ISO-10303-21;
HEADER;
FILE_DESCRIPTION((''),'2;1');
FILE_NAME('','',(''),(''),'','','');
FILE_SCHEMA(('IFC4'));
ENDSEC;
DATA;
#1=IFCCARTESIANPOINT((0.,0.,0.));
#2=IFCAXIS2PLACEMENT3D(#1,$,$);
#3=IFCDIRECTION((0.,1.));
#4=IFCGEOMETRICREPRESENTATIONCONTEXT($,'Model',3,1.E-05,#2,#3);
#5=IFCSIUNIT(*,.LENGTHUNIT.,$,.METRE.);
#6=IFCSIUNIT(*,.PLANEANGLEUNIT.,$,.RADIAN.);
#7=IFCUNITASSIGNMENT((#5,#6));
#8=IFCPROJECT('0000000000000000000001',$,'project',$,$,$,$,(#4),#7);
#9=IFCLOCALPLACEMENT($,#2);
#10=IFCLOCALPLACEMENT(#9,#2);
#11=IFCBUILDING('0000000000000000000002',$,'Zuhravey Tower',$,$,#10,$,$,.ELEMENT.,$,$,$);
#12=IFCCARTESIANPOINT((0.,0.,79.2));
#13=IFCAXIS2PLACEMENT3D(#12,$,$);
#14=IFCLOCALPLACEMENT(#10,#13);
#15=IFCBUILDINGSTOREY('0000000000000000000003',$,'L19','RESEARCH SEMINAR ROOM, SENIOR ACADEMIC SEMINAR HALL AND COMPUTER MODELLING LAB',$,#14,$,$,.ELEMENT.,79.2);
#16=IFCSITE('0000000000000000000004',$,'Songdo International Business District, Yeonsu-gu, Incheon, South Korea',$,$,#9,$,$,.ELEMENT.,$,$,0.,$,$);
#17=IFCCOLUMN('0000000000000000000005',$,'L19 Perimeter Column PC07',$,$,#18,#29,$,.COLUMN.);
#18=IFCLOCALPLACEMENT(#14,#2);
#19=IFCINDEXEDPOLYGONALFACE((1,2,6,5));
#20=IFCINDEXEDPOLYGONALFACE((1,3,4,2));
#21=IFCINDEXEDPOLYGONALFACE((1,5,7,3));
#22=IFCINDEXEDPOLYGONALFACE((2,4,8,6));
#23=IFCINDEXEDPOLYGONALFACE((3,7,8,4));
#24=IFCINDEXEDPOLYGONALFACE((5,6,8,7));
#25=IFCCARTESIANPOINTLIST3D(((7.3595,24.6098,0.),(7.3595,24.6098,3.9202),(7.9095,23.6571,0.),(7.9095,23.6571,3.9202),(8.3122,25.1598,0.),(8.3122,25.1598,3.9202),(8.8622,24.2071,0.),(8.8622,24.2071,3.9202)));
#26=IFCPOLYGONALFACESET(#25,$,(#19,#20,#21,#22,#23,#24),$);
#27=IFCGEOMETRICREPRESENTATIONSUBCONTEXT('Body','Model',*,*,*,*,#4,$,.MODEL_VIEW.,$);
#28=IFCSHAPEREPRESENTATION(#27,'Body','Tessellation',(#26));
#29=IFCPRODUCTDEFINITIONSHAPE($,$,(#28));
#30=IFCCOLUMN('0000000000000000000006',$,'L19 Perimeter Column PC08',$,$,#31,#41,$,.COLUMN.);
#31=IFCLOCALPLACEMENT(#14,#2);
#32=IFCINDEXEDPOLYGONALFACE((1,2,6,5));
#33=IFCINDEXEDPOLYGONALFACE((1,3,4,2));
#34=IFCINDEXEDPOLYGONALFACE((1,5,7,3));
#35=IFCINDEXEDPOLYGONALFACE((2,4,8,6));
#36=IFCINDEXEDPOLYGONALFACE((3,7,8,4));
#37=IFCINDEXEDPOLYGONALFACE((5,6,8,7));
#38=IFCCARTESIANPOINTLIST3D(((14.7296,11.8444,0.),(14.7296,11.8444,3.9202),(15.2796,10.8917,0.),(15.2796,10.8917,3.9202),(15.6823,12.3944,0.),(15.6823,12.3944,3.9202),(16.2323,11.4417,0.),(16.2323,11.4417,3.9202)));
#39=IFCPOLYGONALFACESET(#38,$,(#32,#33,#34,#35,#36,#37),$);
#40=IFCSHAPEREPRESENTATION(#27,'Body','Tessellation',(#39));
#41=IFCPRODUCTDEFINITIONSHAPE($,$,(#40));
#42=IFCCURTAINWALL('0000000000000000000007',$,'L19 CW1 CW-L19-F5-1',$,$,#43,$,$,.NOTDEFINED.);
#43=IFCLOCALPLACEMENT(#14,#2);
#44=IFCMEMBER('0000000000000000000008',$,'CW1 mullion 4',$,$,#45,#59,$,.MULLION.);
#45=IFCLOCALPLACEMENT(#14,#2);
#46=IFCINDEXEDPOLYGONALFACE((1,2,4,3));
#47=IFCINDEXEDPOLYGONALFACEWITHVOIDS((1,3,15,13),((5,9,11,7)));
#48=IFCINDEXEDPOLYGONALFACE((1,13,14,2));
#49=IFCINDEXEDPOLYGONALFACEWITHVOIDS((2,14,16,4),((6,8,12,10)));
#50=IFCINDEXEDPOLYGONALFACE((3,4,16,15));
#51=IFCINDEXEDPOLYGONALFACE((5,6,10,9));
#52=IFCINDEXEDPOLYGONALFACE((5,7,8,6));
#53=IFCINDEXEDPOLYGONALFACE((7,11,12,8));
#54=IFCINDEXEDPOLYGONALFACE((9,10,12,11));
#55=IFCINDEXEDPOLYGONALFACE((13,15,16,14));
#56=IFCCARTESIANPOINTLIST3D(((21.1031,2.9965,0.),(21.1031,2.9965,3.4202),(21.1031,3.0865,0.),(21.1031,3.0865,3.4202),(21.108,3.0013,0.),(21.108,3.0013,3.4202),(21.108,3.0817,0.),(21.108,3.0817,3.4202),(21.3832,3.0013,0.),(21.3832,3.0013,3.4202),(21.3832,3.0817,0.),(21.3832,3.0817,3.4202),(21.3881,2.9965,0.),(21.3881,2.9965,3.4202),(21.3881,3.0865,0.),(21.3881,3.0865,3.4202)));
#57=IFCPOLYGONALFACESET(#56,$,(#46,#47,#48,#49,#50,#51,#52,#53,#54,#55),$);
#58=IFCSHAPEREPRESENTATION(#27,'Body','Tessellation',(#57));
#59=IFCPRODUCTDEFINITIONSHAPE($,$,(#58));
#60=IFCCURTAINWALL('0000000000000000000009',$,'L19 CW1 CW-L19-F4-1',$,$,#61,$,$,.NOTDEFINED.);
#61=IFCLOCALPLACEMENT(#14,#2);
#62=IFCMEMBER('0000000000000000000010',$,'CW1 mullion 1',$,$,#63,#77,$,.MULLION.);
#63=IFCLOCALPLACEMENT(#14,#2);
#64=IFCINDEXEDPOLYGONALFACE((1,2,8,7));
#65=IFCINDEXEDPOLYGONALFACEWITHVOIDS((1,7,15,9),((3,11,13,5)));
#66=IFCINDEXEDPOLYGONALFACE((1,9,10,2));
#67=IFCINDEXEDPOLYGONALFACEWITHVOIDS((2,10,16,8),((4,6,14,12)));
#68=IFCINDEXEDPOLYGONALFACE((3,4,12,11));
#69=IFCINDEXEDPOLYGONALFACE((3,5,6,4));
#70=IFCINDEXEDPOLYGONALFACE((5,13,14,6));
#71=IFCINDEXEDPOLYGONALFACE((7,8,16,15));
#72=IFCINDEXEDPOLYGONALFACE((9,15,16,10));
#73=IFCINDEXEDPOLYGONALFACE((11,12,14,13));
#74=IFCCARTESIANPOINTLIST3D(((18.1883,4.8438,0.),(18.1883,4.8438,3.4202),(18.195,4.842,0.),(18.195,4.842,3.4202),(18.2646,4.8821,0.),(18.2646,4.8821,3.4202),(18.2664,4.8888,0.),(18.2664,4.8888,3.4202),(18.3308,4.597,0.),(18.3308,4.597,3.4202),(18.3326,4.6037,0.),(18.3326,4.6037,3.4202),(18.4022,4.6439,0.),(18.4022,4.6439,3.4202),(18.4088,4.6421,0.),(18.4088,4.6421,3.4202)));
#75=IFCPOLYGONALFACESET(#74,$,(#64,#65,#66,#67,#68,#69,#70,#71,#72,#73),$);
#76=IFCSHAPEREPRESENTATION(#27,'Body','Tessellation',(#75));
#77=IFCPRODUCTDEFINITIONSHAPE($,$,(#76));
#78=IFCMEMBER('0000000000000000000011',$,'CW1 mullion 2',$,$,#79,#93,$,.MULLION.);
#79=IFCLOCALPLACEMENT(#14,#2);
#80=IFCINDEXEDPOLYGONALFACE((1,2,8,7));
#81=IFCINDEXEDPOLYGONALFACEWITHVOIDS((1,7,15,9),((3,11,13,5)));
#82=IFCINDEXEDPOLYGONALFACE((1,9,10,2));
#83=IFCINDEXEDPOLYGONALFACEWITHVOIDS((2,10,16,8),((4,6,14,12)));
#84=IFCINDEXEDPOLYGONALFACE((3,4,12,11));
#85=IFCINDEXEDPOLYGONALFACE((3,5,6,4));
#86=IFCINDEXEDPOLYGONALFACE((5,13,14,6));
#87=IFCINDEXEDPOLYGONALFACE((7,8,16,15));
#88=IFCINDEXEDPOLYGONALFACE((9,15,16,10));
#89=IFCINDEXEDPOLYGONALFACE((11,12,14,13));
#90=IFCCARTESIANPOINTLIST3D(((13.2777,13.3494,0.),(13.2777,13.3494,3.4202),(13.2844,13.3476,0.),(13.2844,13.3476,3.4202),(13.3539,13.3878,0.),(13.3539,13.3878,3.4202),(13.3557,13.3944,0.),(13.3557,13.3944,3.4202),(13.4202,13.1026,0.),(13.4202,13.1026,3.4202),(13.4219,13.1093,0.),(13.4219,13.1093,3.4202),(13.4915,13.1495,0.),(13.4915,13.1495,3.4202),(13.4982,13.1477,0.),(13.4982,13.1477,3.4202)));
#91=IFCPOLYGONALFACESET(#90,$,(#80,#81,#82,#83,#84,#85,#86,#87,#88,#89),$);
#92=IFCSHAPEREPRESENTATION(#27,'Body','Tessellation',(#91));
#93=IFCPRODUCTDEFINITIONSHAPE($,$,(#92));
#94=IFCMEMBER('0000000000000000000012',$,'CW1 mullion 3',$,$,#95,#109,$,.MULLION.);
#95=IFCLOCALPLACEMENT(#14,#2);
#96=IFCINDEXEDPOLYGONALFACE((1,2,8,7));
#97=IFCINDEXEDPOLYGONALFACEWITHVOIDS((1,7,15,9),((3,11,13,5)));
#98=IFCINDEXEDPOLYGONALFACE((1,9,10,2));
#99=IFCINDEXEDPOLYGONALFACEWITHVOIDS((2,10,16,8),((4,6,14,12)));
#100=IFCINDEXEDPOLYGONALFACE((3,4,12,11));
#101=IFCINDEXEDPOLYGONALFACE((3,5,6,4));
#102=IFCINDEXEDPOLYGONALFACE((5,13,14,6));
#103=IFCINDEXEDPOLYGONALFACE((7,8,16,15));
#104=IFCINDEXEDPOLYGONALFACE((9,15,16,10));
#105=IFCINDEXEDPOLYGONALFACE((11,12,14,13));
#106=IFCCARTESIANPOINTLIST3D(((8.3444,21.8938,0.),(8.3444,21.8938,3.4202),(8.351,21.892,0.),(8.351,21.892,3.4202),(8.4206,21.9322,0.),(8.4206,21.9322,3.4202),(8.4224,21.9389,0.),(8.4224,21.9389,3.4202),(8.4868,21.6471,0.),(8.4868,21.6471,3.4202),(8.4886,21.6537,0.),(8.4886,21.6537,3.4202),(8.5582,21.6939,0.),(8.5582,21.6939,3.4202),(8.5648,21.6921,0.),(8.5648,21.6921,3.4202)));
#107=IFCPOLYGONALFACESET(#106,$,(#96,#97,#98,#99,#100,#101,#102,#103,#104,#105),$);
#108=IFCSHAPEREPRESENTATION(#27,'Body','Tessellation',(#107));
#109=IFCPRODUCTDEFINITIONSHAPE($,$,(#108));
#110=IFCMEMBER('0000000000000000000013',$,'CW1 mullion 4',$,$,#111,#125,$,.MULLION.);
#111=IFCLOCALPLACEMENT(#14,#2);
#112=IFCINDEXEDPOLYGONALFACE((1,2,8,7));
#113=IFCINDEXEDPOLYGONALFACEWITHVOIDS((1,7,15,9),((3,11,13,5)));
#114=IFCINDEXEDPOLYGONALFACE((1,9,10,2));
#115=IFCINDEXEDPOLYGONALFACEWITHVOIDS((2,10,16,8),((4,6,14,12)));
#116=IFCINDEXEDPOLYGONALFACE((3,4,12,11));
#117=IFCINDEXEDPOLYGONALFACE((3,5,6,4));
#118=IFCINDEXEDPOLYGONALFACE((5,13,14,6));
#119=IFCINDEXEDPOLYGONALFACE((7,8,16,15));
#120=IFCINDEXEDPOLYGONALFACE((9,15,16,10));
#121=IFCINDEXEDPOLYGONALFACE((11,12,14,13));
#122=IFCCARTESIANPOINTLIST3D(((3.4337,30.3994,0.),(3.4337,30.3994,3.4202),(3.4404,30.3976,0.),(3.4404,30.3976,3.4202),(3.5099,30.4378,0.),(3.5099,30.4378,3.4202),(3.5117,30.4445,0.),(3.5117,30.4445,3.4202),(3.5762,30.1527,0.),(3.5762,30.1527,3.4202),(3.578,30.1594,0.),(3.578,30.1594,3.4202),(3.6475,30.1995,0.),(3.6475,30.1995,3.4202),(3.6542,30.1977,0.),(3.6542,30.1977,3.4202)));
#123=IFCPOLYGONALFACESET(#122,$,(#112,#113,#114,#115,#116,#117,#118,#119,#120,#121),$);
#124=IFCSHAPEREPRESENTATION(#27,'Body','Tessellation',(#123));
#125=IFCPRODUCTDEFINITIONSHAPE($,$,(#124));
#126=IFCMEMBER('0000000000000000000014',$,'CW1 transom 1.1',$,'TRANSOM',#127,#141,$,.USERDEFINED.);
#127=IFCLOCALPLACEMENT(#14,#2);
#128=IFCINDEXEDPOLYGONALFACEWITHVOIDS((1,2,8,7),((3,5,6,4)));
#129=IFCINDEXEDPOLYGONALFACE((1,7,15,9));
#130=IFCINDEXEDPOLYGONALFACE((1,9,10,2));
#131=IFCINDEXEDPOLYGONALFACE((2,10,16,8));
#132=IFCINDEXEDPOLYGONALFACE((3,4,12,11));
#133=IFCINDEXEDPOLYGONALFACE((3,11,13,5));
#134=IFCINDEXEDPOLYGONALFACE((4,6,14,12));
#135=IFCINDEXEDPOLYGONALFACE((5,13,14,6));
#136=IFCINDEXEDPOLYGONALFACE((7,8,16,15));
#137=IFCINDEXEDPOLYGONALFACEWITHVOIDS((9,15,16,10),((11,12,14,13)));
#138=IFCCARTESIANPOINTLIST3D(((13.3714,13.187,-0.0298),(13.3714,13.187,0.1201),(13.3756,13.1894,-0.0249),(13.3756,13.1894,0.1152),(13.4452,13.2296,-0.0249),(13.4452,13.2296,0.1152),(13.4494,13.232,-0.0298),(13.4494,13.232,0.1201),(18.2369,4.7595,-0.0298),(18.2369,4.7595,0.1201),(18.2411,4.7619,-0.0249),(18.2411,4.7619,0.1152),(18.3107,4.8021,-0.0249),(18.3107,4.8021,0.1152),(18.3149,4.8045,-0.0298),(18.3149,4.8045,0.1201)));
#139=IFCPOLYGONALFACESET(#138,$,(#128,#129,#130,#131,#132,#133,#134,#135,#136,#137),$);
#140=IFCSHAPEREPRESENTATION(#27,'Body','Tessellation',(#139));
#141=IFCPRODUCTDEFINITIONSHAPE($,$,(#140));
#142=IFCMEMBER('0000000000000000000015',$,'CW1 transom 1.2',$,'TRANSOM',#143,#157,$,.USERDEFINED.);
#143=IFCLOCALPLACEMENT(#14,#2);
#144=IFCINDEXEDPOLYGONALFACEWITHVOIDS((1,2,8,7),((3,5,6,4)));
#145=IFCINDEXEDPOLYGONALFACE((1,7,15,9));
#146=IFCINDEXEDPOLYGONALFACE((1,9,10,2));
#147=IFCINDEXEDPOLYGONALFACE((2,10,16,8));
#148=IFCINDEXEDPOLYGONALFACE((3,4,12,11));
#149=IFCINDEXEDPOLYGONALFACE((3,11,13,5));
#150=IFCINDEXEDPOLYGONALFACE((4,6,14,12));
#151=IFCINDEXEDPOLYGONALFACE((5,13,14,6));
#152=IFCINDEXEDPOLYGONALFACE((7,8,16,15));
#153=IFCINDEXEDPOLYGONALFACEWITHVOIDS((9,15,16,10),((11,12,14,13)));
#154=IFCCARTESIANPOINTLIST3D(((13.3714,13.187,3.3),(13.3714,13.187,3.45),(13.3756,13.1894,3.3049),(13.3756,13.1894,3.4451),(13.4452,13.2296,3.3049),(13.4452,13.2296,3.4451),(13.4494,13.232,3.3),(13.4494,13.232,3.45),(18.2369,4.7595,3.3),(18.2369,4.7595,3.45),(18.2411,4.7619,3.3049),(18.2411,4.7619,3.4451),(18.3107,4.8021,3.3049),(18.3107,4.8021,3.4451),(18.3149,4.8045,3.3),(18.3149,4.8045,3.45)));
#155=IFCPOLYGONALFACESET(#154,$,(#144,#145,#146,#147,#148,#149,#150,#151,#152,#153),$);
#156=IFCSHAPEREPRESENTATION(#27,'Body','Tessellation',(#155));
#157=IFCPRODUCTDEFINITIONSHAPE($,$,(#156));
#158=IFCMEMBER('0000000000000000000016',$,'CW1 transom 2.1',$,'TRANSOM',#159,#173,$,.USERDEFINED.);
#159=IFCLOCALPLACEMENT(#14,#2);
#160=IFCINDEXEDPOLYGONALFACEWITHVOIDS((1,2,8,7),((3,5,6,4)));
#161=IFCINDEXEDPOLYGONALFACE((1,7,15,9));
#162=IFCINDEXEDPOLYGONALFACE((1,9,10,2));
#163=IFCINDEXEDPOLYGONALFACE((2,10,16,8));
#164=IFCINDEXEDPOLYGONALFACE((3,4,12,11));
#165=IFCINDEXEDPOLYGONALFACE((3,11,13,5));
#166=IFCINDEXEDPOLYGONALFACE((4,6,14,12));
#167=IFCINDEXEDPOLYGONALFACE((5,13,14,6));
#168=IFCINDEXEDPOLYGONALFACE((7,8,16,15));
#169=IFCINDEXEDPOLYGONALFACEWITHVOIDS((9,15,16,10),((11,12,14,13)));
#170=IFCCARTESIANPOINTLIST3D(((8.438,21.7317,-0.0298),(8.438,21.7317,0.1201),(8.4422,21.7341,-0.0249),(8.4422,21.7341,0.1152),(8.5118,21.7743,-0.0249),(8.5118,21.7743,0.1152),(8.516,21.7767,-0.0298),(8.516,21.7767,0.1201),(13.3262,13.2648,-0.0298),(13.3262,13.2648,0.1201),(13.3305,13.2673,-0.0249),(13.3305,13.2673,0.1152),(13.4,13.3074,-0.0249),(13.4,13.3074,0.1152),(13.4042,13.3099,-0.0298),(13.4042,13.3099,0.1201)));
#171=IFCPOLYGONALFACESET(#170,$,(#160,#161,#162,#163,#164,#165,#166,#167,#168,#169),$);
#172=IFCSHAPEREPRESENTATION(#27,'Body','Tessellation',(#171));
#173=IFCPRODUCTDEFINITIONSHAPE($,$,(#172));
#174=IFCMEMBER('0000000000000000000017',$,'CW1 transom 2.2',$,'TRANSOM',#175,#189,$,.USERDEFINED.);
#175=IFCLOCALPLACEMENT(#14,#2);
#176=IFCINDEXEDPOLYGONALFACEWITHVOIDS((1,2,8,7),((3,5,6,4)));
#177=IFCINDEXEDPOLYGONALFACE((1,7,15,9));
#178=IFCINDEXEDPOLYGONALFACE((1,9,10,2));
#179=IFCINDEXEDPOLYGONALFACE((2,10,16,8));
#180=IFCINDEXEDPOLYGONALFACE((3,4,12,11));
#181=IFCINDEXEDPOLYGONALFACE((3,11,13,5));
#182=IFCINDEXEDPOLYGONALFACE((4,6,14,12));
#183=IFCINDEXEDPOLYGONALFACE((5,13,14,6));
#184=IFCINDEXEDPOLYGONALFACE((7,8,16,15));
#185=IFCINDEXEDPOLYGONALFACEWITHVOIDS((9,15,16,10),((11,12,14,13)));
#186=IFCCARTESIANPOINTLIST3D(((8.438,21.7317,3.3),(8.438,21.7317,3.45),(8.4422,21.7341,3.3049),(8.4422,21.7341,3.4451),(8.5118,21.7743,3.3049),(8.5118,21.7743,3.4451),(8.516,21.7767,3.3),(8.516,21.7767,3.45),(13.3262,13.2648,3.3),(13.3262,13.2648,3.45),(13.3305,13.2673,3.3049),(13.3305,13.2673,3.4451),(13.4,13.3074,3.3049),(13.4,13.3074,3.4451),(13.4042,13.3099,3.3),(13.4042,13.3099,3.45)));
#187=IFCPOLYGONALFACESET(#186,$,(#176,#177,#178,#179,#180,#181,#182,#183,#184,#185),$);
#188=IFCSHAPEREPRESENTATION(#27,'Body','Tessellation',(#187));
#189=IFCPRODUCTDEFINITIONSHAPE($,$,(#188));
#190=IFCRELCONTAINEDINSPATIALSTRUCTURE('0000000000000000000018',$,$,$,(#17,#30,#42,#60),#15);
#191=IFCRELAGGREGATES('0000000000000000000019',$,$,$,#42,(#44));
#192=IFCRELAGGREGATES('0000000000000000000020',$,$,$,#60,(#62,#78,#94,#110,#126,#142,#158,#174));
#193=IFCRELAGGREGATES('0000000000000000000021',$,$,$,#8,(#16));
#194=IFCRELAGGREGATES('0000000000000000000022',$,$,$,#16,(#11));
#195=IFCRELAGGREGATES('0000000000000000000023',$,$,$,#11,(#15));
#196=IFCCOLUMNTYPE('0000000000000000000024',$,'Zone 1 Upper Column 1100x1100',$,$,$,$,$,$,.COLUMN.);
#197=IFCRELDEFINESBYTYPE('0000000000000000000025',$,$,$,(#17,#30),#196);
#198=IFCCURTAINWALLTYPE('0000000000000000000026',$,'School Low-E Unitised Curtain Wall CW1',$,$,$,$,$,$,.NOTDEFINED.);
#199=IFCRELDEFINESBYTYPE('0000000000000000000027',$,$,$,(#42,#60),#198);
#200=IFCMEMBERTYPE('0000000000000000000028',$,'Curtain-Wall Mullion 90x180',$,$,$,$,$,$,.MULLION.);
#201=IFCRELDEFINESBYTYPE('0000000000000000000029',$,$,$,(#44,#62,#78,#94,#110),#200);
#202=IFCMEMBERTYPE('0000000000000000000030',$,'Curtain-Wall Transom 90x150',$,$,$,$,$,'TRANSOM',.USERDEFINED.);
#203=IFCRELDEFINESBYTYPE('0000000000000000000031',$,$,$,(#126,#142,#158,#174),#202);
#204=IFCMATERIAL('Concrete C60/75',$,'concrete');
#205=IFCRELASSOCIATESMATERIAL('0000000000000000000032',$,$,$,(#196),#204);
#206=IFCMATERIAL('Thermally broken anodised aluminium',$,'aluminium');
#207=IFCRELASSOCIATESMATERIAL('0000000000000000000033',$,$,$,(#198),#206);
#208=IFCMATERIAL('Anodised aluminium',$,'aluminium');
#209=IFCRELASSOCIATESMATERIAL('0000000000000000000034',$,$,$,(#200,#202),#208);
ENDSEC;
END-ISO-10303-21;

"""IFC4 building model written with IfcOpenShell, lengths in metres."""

from ifc_helpers import new_model, si_unit, direction, frame, origin, origin_2d, place, context, subcontext, project, spatial, rectangle, hollow_rectangle, extrude, material, material_profile, profile_set, type_object, element, aggregate, save


model = new_model("IFC4")

# Units and contexts
model_context = context("Model", 3, precision=1e-05, world=origin(), true_north=direction((0.0, 1.0)))
body_context = subcontext(model_context, "Body", "Model", "MODEL_VIEW")
ifc_project = project(units=[si_unit("LENGTHUNIT", "METRE"), si_unit("PLANEANGLEUNIT", "RADIAN")], contexts=[model_context])

# Site, building, storey
site_placement = place(None, origin())
site = spatial("IfcSite", under=ifc_project, at=site_placement, Name="Songdo International Business District, Yeonsu-gu, Incheon, South Korea", CompositionType="ELEMENT", RefElevation=0.0)
building_placement = place(site_placement, origin())
building = spatial("IfcBuilding", under=site, at=building_placement, Name="Zuhravey Tower", CompositionType="ELEMENT")
storey_placement = place(building_placement, frame((0.0, 0.0, 79.2)))
storey = spatial("IfcBuildingStorey", under=building, at=storey_placement, Name="L19", Description="RESEARCH SEMINAR ROOM, SENIOR ACADEMIC SEMINAR HALL AND COMPUTER MODELLING LAB", CompositionType="ELEMENT", Elevation=79.2)

# Columns
ifc_material_1 = material(Name="Concrete C60/75", Category="concrete")
ifc_material_profile_1 = material_profile(ifc_material_1, rectangle(XDim=1.1001, YDim=1.1001, at=origin_2d()), Name="RC-1100x1100")
ifc_profile_set_1 = profile_set([ifc_material_profile_1], Name="Concrete C60/75")
column_type = type_object("IfcColumnType", Name="Zone 1 Upper Column 1100x1100", PredefinedType="COLUMN", material=ifc_profile_set_1)
for number, where, z_axis, x_axis, name in (
    (1, (8.1108, 24.4084, 0.0), (0.0, 0.0, 1.0), (0.5, -0.866025, 0.0), "L19 Perimeter Column PC07"),
    (2, (15.481, 11.6431, 0.0), (0.0, 0.0, 1.0), (0.5, -0.866025, 0.0), "L19 Perimeter Column PC08"),
):
    element("IfcColumn", number, at=place(storey_placement, frame(where, z_axis=z_axis, x_axis=x_axis)), inside=storey, type_object=column_type, Name=name, PredefinedType="COLUMN", context=body_context, shape_type="SweptSolid", body=[
        extrude(rectangle(XDim=1.1001, YDim=1.1001, at=origin_2d()), origin(), (0.0, 0.0, 1.0), 3.9202),
    ])

# Curtain wall, member
ifc_material_2 = material(Name="Thermally broken anodised aluminium", Category="aluminium")
curtain_wall_type = type_object("IfcCurtainWallType", Name="School Low-E Unitised Curtain Wall CW1", PredefinedType="NOTDEFINED", material=ifc_material_2)
curtain_wall_1_placement = place(storey_placement, origin())
curtain_wall_1 = element("IfcCurtainWall", 3, at=curtain_wall_1_placement, inside=storey, type_object=curtain_wall_type, Name="L19 CW1 CW-L19-F5-1", PredefinedType="NOTDEFINED")
ifc_material_3 = material(Name="Anodised aluminium", Category="aluminium")
ifc_material_profile_2 = material_profile(ifc_material_3, hollow_rectangle(XDim=0.0901, YDim=0.2849, WallThickness=0.0049, at=origin_2d()), Name="ALU-RHS-90x285x5")
ifc_profile_set_2 = profile_set([ifc_material_profile_2], Name="Anodised aluminium")
member_type_1 = type_object("IfcMemberType", Name="Curtain-Wall Mullion 90x180", PredefinedType="MULLION", material=ifc_profile_set_2)
member_1_placement = place(storey_placement, frame((21.2456, 3.0415, 0.0), z_axis=(0.0, 0.0, 1.0), x_axis=(0.0, -1.0, 0.0)))
member_1 = element("IfcMember", 4, at=member_1_placement, type_object=member_type_1, Name="CW1 mullion 4", PredefinedType="MULLION", context=body_context, shape_type="SweptSolid", body=[
    extrude(hollow_rectangle(XDim=0.0901, YDim=0.2849, WallThickness=0.0049, at=origin_2d()), origin(), (0.0, 0.0, 1.0), 3.4202),
])
aggregate(curtain_wall_1, [member_1])

# Curtain wall, members
curtain_wall_2_placement = place(storey_placement, origin())
curtain_wall_2 = element("IfcCurtainWall", 5, at=curtain_wall_2_placement, inside=storey, type_object=curtain_wall_type, Name="L19 CW1 CW-L19-F4-1", PredefinedType="NOTDEFINED")
member_2_placement = place(storey_placement, frame((18.2986, 4.7429, 0.0), z_axis=(0.0, 0.0, 1.0), x_axis=(-0.866026, -0.5, 0.0)))
member_2 = element("IfcMember", 6, at=member_2_placement, type_object=member_type_1, Name="CW1 mullion 1", PredefinedType="MULLION", context=body_context, shape_type="SweptSolid", body=[
    extrude(hollow_rectangle(XDim=0.0901, YDim=0.2849, WallThickness=0.0049, at=origin_2d()), origin(), (0.0, 0.0, 1.0), 3.4202),
])
member_3_placement = place(storey_placement, frame((13.3879, 13.2485, 0.0), z_axis=(0.0, 0.0, 1.0), x_axis=(-0.866026, -0.5, 0.0)))
member_3 = element("IfcMember", 7, at=member_3_placement, type_object=member_type_1, Name="CW1 mullion 2", PredefinedType="MULLION", context=body_context, shape_type="SweptSolid", body=[
    extrude(hollow_rectangle(XDim=0.0901, YDim=0.2849, WallThickness=0.0049, at=origin_2d()), origin(), (0.0, 0.0, 1.0), 3.4202),
])
member_4_placement = place(storey_placement, frame((8.4546, 21.793, 0.0), z_axis=(0.0, 0.0, 1.0), x_axis=(-0.866026, -0.5, 0.0)))
member_4 = element("IfcMember", 8, at=member_4_placement, type_object=member_type_1, Name="CW1 mullion 3", PredefinedType="MULLION", context=body_context, shape_type="SweptSolid", body=[
    extrude(hollow_rectangle(XDim=0.0901, YDim=0.2849, WallThickness=0.0049, at=origin_2d()), origin(), (0.0, 0.0, 1.0), 3.4202),
])
member_5_placement = place(storey_placement, frame((3.5439, 30.2986, 0.0), z_axis=(0.0, 0.0, 1.0), x_axis=(-0.866026, -0.5, 0.0)))
member_5 = element("IfcMember", 9, at=member_5_placement, type_object=member_type_1, Name="CW1 mullion 4", PredefinedType="MULLION", context=body_context, shape_type="SweptSolid", body=[
    extrude(hollow_rectangle(XDim=0.0901, YDim=0.2849, WallThickness=0.0049, at=origin_2d()), origin(), (0.0, 0.0, 1.0), 3.4202),
])
ifc_material_profile_3 = material_profile(ifc_material_3, hollow_rectangle(XDim=0.0901, YDim=0.1499, WallThickness=0.0049, at=origin_2d()), Name="ALU-RHS-90x150x5")
ifc_profile_set_3 = profile_set([ifc_material_profile_3], Name="Anodised aluminium")
member_type_2 = type_object("IfcMemberType", Name="Curtain-Wall Transom 90x150", ElementType="TRANSOM", PredefinedType="USERDEFINED", material=ifc_profile_set_3)
member_6_placement = place(storey_placement, frame((18.2759, 4.782, 0.0452), z_axis=(-0.49999, 0.866031, 0.0), x_axis=(-0.866031, -0.49999, 0.0)))
member_6 = element("IfcMember", 10, at=member_6_placement, type_object=member_type_2, Name="CW1 transom 1.1", ObjectType="TRANSOM", PredefinedType="USERDEFINED", context=body_context, shape_type="SweptSolid", body=[
    extrude(hollow_rectangle(XDim=0.0901, YDim=0.1499, WallThickness=0.0049, at=origin_2d()), origin(), (0.0, 0.0, 1.0), 9.7312),
])
member_7_placement = place(storey_placement, frame((18.2759, 4.782, 3.375), z_axis=(-0.49999, 0.866031, 0.0), x_axis=(-0.866031, -0.49999, 0.0)))
member_7 = element("IfcMember", 11, at=member_7_placement, type_object=member_type_2, Name="CW1 transom 1.2", ObjectType="TRANSOM", PredefinedType="USERDEFINED", context=body_context, shape_type="SweptSolid", body=[
    extrude(hollow_rectangle(XDim=0.0901, YDim=0.1499, WallThickness=0.0049, at=origin_2d()), origin(), (0.0, 0.0, 1.0), 9.7312),
])
member_8_placement = place(storey_placement, frame((13.3652, 13.2874, 0.0452), z_axis=(-0.49999, 0.866031, 0.0), x_axis=(-0.866031, -0.49999, 0.0)))
member_8 = element("IfcMember", 12, at=member_8_placement, type_object=member_type_2, Name="CW1 transom 2.1", ObjectType="TRANSOM", PredefinedType="USERDEFINED", context=body_context, shape_type="SweptSolid", body=[
    extrude(hollow_rectangle(XDim=0.0901, YDim=0.1499, WallThickness=0.0049, at=origin_2d()), origin(), (0.0, 0.0, 1.0), 9.7766),
])
member_9_placement = place(storey_placement, frame((13.3652, 13.2874, 3.375), z_axis=(-0.49999, 0.866031, 0.0), x_axis=(-0.866031, -0.49999, 0.0)))
member_9 = element("IfcMember", 13, at=member_9_placement, type_object=member_type_2, Name="CW1 transom 2.2", ObjectType="TRANSOM", PredefinedType="USERDEFINED", context=body_context, shape_type="SweptSolid", body=[
    extrude(hollow_rectangle(XDim=0.0901, YDim=0.1499, WallThickness=0.0049, at=origin_2d()), origin(), (0.0, 0.0, 1.0), 9.7766),
])

aggregate(curtain_wall_2, [member_2, member_3, member_4, member_5, member_6, member_7, member_8, member_9])

save(model, "model.ifc")
